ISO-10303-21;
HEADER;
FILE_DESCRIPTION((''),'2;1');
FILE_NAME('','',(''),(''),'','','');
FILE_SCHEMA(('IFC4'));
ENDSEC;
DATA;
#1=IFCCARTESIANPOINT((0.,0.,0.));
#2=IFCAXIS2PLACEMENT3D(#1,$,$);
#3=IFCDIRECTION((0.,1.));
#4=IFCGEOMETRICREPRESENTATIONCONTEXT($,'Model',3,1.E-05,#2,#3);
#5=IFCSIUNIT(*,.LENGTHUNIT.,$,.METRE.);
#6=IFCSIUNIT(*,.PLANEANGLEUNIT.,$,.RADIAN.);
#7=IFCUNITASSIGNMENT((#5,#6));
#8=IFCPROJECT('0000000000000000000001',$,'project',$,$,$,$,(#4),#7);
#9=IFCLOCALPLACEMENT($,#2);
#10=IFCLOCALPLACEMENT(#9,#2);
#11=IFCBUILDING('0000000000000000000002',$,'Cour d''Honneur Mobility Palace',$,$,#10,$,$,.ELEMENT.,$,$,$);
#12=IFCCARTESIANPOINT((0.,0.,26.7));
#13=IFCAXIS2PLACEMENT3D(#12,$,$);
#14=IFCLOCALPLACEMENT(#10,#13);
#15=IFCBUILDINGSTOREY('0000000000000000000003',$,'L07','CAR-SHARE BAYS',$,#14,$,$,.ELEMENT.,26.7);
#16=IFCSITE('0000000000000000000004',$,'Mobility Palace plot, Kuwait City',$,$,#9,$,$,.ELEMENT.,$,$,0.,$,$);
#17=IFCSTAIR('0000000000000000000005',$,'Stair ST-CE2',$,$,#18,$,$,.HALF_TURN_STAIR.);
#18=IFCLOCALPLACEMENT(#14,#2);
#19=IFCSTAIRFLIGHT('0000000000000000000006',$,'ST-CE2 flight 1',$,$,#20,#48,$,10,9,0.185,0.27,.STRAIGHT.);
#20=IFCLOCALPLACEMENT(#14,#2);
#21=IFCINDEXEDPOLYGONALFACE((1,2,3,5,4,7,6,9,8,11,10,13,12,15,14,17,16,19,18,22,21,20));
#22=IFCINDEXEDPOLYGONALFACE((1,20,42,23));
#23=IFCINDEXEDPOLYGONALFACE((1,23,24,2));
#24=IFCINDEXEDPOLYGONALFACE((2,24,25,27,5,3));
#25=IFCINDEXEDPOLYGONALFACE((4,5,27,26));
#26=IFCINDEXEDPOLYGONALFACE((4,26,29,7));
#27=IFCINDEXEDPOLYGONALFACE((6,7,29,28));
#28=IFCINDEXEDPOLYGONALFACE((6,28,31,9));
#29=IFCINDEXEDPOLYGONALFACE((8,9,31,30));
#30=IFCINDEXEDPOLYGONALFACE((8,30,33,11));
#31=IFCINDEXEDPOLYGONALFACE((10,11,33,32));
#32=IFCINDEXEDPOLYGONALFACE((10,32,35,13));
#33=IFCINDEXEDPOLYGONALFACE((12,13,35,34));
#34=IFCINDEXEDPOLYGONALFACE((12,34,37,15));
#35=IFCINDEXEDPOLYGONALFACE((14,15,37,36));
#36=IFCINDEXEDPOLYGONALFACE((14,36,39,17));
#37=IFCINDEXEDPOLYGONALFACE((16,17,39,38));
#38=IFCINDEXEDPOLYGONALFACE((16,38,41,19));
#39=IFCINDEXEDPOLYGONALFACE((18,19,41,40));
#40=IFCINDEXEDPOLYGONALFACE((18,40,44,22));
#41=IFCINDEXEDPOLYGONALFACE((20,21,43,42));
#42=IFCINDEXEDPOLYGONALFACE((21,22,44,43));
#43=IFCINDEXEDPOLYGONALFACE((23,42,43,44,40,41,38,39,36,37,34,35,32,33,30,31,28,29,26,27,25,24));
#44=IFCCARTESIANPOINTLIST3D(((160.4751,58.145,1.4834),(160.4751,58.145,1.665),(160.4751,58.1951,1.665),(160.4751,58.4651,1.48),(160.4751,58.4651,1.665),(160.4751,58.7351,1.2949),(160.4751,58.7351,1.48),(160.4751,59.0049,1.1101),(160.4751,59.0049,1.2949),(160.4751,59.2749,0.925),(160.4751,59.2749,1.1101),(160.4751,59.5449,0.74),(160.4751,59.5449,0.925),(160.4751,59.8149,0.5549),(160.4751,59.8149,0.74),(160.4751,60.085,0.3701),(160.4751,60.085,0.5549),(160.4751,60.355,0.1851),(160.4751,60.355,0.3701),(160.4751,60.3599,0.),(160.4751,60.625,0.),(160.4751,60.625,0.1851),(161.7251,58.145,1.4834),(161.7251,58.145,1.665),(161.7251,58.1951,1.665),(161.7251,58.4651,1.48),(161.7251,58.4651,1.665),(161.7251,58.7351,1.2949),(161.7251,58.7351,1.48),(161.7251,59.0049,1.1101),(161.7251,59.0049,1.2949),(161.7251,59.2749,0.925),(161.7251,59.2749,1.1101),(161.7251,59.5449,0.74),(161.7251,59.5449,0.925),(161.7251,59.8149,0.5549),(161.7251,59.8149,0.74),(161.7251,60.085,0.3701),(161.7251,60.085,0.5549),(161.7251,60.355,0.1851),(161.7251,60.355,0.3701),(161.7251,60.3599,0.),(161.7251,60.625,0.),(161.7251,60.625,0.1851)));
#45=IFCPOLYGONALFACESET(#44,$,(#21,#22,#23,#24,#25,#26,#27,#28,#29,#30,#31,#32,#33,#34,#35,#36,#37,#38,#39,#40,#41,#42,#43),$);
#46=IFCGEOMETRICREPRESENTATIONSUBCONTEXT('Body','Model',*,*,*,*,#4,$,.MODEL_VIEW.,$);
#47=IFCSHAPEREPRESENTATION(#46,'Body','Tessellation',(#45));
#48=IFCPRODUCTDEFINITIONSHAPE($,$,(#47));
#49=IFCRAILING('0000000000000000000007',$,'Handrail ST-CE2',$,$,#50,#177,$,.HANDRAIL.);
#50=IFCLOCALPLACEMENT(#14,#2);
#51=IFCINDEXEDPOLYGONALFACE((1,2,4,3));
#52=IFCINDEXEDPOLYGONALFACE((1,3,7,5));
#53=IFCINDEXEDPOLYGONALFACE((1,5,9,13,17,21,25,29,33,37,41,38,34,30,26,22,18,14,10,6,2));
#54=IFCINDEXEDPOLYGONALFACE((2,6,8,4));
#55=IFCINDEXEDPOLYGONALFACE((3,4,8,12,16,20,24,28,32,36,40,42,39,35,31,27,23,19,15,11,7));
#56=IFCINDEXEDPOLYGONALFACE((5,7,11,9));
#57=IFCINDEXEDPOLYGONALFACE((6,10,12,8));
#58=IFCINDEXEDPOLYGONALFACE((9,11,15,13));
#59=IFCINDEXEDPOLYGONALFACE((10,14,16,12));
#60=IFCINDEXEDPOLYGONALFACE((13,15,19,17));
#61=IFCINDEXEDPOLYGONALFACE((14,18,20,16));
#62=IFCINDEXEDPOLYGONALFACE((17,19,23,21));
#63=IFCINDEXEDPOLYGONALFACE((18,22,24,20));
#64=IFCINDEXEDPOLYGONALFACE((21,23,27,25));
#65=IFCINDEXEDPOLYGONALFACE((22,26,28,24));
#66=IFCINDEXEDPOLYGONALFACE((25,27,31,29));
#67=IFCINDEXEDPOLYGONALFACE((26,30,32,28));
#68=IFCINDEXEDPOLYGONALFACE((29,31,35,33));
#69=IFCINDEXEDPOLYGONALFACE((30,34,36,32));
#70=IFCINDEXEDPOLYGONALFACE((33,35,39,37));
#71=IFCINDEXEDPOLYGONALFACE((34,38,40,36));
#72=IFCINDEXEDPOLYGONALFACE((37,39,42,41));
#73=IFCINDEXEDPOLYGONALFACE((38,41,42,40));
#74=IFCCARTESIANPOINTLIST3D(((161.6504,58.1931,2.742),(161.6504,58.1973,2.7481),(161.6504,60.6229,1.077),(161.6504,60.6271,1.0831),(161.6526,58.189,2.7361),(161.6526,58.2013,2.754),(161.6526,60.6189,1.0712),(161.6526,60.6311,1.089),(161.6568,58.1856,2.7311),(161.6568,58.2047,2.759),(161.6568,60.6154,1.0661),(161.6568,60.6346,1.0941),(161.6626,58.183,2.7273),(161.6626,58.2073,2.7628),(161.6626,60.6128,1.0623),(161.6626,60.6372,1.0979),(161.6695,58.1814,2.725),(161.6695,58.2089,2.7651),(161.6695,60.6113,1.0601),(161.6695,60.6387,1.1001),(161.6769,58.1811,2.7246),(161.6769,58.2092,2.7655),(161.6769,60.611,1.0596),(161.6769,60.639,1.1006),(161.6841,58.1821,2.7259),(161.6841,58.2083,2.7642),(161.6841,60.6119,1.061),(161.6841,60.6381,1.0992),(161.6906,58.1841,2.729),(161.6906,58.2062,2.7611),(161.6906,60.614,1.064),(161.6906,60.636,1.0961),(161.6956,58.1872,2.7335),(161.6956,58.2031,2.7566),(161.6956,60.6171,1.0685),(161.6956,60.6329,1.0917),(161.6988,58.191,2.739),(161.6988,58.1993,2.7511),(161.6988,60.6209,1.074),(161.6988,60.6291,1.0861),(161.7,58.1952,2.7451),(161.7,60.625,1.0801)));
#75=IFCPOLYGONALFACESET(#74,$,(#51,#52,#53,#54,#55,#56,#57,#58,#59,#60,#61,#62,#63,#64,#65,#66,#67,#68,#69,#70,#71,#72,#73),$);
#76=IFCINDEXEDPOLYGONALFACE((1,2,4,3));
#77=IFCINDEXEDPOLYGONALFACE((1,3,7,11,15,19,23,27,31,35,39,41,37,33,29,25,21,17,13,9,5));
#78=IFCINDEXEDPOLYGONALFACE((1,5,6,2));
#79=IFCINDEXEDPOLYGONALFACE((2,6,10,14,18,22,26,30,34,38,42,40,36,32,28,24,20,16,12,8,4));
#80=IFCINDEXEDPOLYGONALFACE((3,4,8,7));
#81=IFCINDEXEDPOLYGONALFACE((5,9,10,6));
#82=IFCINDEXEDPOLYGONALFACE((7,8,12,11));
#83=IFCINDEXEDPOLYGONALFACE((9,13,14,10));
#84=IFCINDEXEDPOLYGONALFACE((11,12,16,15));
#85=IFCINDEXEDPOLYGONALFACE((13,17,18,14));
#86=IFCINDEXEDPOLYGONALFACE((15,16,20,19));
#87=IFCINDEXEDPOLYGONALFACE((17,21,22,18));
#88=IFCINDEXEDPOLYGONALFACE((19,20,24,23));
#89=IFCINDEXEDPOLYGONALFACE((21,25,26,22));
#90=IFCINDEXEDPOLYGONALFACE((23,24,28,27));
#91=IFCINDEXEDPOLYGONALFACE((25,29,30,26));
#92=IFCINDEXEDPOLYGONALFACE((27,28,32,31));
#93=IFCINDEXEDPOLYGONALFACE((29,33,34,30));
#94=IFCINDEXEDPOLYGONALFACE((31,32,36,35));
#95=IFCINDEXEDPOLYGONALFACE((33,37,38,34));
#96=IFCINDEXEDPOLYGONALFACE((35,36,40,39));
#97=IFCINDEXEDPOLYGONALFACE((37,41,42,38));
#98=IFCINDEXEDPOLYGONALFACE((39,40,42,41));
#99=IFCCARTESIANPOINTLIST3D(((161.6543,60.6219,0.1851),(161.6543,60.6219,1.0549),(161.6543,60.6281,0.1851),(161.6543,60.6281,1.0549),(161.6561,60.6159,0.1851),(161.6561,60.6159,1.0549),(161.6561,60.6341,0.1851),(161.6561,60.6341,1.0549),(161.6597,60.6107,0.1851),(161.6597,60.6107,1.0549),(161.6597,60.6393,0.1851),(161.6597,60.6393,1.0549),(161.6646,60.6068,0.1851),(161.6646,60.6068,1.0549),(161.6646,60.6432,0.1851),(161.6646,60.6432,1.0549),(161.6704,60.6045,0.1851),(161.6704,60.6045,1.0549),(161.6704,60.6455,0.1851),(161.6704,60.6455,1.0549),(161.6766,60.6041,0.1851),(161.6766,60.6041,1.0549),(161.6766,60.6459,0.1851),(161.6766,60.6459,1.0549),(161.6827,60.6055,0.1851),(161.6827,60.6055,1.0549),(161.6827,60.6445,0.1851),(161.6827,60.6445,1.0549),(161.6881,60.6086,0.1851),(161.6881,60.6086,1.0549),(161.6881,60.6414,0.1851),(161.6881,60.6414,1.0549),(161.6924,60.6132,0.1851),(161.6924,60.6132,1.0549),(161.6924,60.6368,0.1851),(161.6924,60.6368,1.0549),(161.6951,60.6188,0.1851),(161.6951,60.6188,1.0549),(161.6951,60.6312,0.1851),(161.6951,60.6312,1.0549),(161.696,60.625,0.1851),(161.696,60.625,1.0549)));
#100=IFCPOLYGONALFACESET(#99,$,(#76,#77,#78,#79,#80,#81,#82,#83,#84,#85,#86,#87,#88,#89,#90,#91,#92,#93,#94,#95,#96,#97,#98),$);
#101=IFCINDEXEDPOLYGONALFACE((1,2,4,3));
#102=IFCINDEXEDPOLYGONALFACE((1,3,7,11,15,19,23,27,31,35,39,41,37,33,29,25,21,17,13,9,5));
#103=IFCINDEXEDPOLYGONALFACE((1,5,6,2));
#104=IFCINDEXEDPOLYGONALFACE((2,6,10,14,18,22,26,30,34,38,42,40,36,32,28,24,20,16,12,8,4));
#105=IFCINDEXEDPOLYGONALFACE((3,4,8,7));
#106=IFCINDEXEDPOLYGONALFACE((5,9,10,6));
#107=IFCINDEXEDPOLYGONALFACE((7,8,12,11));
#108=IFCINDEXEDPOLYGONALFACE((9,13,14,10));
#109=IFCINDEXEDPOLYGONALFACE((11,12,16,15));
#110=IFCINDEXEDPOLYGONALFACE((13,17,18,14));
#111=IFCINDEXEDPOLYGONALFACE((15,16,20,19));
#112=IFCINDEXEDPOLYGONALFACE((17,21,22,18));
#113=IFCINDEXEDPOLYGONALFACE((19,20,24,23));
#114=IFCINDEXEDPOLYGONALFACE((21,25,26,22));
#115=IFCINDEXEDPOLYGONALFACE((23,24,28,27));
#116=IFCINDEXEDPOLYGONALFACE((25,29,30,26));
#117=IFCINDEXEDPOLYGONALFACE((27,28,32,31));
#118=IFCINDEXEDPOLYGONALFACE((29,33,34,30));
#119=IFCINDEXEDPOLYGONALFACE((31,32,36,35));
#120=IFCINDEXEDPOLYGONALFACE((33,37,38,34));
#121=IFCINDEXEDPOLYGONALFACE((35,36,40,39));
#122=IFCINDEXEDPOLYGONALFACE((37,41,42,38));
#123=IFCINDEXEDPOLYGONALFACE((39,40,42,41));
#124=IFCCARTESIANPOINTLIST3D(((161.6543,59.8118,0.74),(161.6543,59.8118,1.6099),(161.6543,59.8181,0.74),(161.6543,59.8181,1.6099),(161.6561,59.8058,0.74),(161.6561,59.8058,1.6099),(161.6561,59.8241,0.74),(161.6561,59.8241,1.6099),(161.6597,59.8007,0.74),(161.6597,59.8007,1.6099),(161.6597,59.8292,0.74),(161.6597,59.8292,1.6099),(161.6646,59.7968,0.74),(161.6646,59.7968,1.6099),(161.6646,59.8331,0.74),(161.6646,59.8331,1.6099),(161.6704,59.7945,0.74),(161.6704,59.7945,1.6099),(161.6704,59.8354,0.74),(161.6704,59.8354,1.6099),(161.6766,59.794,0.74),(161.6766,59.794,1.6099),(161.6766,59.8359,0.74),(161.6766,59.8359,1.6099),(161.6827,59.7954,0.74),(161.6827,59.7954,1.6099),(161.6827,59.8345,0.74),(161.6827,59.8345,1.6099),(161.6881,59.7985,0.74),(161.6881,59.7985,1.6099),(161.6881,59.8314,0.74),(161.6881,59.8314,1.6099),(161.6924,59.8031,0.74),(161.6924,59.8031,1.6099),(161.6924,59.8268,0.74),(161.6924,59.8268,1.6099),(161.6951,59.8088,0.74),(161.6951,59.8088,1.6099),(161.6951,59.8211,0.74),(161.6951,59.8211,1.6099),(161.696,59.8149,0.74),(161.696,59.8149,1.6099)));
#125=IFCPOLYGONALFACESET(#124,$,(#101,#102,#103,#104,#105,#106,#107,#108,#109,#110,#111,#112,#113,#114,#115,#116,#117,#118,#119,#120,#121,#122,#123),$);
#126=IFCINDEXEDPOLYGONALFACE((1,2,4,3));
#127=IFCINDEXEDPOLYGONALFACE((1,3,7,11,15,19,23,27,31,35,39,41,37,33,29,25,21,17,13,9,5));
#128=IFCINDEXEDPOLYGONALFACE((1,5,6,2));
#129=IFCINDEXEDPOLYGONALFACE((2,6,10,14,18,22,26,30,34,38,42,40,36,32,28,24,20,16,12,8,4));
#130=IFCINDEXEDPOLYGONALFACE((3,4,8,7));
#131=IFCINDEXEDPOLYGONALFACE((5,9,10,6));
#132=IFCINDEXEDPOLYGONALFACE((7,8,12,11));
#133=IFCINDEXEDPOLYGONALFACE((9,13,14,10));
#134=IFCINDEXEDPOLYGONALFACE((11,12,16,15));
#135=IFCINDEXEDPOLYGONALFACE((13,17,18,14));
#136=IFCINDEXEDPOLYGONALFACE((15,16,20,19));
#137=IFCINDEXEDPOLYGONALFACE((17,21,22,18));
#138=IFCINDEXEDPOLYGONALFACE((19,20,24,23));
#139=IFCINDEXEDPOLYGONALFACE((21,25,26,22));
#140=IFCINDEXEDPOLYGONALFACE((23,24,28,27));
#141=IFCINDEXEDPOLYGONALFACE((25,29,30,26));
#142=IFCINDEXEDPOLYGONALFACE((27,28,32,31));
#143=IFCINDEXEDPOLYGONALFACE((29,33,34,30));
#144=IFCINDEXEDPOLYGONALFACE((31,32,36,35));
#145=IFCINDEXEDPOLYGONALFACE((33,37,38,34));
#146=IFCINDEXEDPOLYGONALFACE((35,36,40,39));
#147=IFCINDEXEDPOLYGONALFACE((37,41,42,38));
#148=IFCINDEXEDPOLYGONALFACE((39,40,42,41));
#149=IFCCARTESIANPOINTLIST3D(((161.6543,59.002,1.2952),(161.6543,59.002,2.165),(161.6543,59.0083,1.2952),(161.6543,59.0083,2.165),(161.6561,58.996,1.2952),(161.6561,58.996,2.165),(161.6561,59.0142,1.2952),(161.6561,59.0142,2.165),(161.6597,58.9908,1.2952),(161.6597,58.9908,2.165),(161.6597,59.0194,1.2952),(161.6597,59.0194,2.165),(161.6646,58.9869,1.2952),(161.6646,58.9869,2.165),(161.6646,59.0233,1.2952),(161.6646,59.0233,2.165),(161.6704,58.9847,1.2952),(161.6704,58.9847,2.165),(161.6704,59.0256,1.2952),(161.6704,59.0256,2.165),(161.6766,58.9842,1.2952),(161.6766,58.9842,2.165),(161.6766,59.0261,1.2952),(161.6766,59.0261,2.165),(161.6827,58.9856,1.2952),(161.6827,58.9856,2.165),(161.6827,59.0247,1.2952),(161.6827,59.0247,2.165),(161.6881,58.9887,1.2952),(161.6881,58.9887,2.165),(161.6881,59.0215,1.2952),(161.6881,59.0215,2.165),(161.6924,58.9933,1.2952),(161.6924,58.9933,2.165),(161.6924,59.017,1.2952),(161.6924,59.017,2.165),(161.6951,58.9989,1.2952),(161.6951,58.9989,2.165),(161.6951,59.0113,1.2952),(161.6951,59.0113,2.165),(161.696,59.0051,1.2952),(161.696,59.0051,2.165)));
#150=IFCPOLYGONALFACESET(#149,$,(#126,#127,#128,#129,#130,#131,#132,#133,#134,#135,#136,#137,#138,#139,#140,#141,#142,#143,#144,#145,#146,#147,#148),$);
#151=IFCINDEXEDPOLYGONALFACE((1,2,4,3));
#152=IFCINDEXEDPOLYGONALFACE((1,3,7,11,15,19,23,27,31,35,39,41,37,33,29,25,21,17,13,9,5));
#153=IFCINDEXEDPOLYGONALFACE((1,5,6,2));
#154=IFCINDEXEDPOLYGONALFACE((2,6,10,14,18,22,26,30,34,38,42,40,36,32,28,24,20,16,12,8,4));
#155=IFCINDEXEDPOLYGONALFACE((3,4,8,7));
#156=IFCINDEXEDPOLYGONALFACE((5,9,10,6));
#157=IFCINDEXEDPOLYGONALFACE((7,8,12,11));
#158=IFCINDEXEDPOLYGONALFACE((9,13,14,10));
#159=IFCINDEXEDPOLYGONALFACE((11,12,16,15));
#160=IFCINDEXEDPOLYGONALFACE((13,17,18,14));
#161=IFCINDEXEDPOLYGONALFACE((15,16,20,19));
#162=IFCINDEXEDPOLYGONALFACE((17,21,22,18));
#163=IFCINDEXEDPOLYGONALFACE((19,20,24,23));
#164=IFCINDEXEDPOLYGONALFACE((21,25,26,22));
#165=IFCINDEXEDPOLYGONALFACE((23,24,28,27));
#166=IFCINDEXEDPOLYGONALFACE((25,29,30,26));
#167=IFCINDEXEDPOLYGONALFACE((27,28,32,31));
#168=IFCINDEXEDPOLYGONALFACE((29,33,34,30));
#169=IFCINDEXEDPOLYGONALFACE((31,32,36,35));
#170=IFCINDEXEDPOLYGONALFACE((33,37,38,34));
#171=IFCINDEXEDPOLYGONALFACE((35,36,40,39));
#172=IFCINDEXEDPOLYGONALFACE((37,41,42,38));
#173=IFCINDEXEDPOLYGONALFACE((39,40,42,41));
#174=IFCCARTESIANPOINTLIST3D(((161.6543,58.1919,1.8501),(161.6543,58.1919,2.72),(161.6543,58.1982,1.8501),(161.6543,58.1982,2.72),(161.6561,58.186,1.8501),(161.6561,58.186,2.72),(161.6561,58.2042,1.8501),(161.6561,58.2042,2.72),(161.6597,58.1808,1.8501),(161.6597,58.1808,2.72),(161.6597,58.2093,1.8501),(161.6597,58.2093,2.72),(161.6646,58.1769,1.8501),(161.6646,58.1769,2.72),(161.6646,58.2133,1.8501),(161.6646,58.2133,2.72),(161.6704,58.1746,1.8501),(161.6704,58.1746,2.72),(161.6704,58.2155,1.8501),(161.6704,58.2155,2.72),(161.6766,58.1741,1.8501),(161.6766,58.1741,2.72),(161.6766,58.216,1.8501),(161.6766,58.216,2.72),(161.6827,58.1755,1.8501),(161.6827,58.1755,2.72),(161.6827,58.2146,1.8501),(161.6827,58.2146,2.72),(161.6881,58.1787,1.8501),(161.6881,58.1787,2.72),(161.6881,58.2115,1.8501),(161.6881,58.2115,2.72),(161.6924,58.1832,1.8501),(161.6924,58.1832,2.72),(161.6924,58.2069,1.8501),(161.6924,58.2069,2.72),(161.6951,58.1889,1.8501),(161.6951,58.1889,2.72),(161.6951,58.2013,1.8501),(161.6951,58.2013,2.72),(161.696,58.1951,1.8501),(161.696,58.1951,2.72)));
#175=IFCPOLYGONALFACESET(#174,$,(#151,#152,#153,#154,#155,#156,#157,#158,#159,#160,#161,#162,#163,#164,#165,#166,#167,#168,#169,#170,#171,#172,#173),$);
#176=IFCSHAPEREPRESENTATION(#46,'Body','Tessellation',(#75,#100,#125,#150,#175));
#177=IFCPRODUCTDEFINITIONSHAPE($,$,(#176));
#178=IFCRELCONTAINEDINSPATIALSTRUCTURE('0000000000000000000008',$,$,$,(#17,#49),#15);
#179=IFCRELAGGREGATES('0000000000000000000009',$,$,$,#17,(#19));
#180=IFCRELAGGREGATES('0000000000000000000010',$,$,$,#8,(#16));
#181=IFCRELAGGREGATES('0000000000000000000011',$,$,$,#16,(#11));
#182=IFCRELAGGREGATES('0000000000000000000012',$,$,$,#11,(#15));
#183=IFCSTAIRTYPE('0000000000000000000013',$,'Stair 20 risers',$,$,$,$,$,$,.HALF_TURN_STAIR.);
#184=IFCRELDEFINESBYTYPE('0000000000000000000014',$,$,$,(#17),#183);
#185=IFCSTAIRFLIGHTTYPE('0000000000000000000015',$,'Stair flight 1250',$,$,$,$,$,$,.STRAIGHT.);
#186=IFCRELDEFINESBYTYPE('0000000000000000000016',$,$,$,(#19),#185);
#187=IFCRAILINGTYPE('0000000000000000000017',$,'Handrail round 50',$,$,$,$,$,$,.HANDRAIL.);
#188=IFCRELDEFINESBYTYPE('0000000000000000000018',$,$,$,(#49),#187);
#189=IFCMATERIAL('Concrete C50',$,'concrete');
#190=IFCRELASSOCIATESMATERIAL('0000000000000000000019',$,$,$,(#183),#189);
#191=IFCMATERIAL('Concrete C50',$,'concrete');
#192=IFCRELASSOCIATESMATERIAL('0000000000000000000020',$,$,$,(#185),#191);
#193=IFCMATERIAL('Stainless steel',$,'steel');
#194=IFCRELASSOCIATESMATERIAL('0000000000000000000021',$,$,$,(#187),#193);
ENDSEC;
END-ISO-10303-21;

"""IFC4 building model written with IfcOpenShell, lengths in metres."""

from ifc_helpers import new_model, si_unit, direction, frame, origin, origin_2d, place, context, subcontext, project, spatial, polyline, circle, outline, extrude, material, type_object, element, aggregate, save


model = new_model("IFC4")

# Units and contexts
model_context = context("Model", 3, precision=1e-05, world=origin(), true_north=direction((0.0, 1.0)))
body_context = subcontext(model_context, "Body", "Model", "MODEL_VIEW")
ifc_project = project(units=[si_unit("LENGTHUNIT", "METRE"), si_unit("PLANEANGLEUNIT", "RADIAN")], contexts=[model_context])

# Site, building, storey
site_placement = place(None, origin())
site = spatial("IfcSite", under=ifc_project, at=site_placement, Name="Mobility Palace plot, Kuwait City", CompositionType="ELEMENT", RefElevation=0.0)
building_placement = place(site_placement, origin())
building = spatial("IfcBuilding", under=site, at=building_placement, Name="Cour d'Honneur Mobility Palace", CompositionType="ELEMENT")
storey_placement = place(building_placement, frame((0.0, 0.0, 26.7)))
storey = spatial("IfcBuildingStorey", under=building, at=storey_placement, Name="L07", Description="CAR-SHARE BAYS", CompositionType="ELEMENT", Elevation=26.7)

# Stair, stair flight
ifc_material_1 = material(Name="Concrete C50", Category="concrete")
stair_type = type_object("IfcStairType", Name="Stair 20 risers", PredefinedType="HALF_TURN_STAIR", material=ifc_material_1)
stair_placement = place(storey_placement, origin())
stair = element("IfcStair", 1, at=stair_placement, inside=storey, type_object=stair_type, Name="Stair ST-CE2", PredefinedType="HALF_TURN_STAIR")
ifc_material_2 = material(Name="Concrete C50", Category="concrete")
stair_flight_type = type_object("IfcStairFlightType", Name="Stair flight 1250", PredefinedType="STRAIGHT", material=ifc_material_2)
stair_flight_placement = place(storey_placement, frame((161.1001, 60.625, 0.0), z_axis=(0.0, 0.0, 1.0), x_axis=(0.0, -1.0, 0.0)))
stair_flight = element("IfcStairFlight", 2, at=stair_flight_placement, type_object=stair_flight_type, Name="ST-CE2 flight 1", NumberOfRisers=10, NumberOfTreads=9, PredefinedType="STRAIGHT", RiserHeight=0.185, TreadLength=0.27, context=body_context, shape_type="SweptSolid", body=[
    extrude(outline(polyline([(0.0, 0.0), (0.0, 0.1851), (0.27, 0.1851), (0.27, 0.3701), (0.54, 0.3701), (0.54, 0.5549), (0.8101, 0.5549), (0.8101, 0.74), (1.0801, 0.74), (1.0801, 0.925), (1.3501, 0.925), (1.3501, 1.1101), (1.6201, 1.1101), (1.6201, 1.2949), (1.8899, 1.2949), (1.8899, 1.48), (2.1599, 1.48), (2.1599, 1.665), (2.4299, 1.665), (2.48, 1.665), (2.48, 1.4834), (0.2651, 0.0), (0.0, 0.0)])), frame((0.0, 0.625, 0.0), z_axis=(0.0, -1.0, 0.0), x_axis=(1.0, 0.0, 0.0)), (0.0, 0.0, 1.0), 1.25),
])
aggregate(stair, [stair_flight])

# Railing
ifc_material_3 = material(Name="Stainless steel", Category="steel")
railing_type = type_object("IfcRailingType", Name="Handrail round 50", PredefinedType="HANDRAIL", material=ifc_material_3)
railing_placement = place(storey_placement, frame((161.675, 60.625, 0.1851)))
element("IfcRailing", 3, at=railing_placement, inside=storey, type_object=railing_type, Name="Handrail ST-CE2", PredefinedType="HANDRAIL", context=body_context, shape_type="SweptSolid", body=[
    extrude(circle(Radius=0.0249, at=origin_2d()), frame((0.0, 0.0, 0.895), z_axis=(0.0, -0.824919, 0.565251), x_axis=(1.0, 0.0, 0.0)), (0.0, 0.0, 1.0), 2.9456),
    extrude(circle(Radius=0.021, at=origin_2d()), origin(), (0.0, 0.0, 1.0), 0.8699),
    extrude(circle(Radius=0.021, at=origin_2d()), frame((0.0, -0.8101, 0.5549)), (0.0, 0.0, 1.0), 0.8699),
    extrude(circle(Radius=0.021, at=origin_2d()), frame((0.0, -1.6199, 1.1101)), (0.0, 0.0, 1.0), 0.8699),
    extrude(circle(Radius=0.021, at=origin_2d()), frame((0.0, -2.4299, 1.665)), (0.0, 0.0, 1.0), 0.8699),
])

save(model, "model.ifc")
